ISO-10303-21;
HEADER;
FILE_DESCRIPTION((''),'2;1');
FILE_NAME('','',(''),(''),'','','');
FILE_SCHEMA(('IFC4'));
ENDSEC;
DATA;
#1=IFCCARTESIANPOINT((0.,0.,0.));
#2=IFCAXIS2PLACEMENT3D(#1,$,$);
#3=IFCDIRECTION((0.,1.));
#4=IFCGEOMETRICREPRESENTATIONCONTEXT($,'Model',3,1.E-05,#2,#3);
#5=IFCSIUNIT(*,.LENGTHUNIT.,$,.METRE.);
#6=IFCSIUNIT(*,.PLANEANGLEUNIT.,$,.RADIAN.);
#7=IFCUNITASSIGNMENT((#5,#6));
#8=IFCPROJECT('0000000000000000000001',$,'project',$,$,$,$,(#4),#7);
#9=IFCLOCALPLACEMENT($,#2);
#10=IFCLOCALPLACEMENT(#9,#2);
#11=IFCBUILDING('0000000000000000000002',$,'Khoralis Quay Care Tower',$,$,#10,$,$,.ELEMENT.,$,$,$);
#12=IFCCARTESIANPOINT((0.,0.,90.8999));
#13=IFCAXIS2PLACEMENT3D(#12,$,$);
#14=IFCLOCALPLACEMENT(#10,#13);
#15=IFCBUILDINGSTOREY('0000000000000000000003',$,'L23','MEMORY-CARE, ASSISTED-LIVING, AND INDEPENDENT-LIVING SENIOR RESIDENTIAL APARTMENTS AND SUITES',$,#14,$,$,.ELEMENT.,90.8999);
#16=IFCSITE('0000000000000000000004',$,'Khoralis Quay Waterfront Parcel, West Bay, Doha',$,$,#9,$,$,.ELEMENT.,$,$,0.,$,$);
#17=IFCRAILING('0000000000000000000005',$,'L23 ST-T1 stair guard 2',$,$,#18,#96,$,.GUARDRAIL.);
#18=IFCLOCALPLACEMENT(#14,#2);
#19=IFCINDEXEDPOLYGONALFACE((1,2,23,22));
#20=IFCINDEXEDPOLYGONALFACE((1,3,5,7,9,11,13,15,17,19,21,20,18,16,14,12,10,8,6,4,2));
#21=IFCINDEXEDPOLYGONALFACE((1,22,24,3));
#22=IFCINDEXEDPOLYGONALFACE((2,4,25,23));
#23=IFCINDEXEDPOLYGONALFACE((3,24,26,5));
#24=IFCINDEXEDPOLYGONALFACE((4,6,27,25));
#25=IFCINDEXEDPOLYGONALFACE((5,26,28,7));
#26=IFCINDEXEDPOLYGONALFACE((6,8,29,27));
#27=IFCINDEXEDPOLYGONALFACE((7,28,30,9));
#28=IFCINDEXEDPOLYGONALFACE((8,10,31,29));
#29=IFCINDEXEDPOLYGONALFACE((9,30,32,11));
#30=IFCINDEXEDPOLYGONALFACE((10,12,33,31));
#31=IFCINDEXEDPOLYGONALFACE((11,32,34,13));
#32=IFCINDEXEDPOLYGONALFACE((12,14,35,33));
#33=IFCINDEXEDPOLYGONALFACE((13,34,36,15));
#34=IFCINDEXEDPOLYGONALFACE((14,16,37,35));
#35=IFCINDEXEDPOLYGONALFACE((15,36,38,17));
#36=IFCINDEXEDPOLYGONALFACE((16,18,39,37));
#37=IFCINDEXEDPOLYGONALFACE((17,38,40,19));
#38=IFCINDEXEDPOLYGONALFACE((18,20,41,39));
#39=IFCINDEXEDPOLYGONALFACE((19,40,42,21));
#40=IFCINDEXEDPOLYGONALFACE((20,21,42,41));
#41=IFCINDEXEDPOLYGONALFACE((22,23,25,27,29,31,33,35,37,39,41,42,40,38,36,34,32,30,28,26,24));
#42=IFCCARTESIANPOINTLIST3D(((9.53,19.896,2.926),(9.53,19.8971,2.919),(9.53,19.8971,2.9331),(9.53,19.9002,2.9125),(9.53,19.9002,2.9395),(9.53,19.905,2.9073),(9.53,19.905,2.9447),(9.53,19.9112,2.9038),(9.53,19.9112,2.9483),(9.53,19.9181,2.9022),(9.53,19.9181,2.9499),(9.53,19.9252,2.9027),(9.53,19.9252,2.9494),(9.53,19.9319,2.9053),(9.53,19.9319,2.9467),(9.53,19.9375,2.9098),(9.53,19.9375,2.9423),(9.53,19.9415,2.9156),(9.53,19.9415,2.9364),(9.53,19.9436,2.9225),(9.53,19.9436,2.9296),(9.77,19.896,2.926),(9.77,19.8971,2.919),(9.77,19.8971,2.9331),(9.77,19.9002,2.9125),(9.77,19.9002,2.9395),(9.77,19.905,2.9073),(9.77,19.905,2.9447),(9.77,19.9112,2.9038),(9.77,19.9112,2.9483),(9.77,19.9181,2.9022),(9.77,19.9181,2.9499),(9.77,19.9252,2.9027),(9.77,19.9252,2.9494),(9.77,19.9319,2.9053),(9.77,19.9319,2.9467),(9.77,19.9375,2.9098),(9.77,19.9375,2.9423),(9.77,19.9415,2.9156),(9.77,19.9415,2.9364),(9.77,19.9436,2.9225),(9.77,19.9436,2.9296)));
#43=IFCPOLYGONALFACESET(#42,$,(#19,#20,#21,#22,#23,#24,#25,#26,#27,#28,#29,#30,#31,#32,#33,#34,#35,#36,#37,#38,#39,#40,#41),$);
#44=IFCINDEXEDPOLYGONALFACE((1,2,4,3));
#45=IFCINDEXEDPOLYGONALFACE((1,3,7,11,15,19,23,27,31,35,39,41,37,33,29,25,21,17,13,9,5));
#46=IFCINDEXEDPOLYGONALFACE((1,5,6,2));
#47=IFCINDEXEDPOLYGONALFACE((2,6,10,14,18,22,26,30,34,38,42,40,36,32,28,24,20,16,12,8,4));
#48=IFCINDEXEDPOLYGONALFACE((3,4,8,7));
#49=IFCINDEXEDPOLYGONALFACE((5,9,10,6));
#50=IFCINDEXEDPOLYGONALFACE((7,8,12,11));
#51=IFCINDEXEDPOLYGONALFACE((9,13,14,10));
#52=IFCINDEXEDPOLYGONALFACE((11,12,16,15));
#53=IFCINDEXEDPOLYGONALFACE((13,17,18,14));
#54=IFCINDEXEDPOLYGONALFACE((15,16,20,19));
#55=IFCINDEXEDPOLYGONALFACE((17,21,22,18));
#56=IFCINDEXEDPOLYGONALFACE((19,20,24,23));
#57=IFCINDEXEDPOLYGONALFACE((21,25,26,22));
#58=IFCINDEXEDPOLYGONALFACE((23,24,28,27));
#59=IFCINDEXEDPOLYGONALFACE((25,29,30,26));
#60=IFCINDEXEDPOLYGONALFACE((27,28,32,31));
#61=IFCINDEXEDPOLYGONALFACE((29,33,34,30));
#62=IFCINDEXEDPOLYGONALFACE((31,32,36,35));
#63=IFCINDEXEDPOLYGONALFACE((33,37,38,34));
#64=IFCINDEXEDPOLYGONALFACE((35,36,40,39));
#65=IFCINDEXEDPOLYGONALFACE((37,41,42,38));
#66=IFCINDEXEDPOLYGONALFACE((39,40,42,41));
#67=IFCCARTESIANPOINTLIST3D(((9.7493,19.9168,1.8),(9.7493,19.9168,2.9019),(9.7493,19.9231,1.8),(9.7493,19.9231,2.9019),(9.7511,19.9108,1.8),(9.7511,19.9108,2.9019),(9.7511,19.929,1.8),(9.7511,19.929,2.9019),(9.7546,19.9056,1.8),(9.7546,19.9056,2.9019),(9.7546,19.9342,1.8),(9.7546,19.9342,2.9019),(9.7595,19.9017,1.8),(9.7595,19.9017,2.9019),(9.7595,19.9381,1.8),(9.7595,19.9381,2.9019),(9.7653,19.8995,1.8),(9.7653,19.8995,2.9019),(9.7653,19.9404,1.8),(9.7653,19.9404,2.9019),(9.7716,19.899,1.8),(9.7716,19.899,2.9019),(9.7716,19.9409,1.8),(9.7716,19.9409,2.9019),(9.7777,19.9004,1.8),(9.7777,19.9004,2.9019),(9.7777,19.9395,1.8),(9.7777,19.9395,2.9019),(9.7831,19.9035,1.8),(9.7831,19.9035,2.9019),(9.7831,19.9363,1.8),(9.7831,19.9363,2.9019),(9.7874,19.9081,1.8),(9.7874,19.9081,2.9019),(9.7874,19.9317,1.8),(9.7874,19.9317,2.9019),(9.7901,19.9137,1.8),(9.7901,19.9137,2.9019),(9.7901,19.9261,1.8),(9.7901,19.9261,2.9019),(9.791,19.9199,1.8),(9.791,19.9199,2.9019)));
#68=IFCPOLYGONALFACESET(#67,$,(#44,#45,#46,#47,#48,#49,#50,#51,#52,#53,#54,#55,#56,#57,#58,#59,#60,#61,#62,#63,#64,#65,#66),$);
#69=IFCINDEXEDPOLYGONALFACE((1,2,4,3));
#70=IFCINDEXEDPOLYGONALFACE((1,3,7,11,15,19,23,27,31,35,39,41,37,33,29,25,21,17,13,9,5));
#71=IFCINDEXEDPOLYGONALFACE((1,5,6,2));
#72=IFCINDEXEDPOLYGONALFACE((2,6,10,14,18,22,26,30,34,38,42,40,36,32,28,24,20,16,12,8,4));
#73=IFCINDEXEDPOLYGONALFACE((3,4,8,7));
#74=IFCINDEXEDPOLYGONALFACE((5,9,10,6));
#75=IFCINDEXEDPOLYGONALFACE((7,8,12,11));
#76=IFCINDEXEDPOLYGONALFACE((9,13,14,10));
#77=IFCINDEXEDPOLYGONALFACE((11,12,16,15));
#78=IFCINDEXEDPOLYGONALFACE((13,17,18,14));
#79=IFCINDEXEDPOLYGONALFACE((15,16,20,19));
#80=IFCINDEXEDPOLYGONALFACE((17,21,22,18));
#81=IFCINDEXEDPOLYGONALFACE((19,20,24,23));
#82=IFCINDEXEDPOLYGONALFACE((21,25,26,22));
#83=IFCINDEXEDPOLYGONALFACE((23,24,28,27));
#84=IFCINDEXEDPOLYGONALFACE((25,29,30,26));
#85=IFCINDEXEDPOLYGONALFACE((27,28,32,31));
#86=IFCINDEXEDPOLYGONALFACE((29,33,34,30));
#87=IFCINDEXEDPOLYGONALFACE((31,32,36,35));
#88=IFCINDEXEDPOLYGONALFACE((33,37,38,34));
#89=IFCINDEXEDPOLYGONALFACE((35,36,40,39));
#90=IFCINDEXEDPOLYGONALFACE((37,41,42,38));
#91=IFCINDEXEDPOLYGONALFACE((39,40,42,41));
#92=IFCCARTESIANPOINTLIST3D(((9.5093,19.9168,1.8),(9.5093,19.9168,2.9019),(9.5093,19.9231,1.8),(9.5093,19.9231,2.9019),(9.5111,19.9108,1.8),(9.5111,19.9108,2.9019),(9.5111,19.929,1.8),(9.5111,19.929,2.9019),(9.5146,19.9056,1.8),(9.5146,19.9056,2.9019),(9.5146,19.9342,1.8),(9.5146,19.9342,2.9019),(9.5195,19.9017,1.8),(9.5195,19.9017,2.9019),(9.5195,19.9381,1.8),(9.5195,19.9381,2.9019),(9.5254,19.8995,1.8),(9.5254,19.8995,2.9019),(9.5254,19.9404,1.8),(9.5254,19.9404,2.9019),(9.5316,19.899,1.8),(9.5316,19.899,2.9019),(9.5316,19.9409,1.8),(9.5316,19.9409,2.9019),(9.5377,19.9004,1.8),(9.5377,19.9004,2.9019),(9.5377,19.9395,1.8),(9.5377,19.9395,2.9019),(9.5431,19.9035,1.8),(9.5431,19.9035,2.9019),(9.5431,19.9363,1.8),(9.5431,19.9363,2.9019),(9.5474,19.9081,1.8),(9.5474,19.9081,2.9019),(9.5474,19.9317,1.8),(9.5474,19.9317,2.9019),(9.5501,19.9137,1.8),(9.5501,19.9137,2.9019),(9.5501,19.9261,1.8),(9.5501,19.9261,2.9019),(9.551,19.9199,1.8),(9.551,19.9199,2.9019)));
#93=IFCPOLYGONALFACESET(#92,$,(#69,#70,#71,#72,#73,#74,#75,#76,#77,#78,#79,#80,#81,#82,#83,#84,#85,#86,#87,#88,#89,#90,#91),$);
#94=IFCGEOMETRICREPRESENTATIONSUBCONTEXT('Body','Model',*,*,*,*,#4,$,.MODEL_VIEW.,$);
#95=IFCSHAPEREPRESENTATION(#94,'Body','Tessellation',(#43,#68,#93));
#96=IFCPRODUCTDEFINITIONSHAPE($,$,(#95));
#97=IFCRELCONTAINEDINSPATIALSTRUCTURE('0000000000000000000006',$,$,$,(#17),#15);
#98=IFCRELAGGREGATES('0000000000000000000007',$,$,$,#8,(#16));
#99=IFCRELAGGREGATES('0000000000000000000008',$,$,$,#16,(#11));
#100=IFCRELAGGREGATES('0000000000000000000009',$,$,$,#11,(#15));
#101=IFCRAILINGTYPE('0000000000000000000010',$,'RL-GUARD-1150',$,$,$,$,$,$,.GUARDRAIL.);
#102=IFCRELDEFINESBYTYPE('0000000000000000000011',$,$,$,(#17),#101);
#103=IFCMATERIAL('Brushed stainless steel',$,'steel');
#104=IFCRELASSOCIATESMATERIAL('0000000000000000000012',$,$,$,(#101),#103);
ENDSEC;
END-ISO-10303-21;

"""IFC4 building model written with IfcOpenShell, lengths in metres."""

from ifc_helpers import new_model, si_unit, direction, frame, origin, origin_2d, place, context, subcontext, project, spatial, circle, extrude, material, type_object, element, save


model = new_model("IFC4")

# Units and contexts
model_context = context("Model", 3, precision=1e-05, world=origin(), true_north=direction((0.0, 1.0)))
body_context = subcontext(model_context, "Body", "Model", "MODEL_VIEW")
ifc_project = project(units=[si_unit("LENGTHUNIT", "METRE"), si_unit("PLANEANGLEUNIT", "RADIAN")], contexts=[model_context])

# Site, building, storey
site_placement = place(None, origin())
site = spatial("IfcSite", under=ifc_project, at=site_placement, Name="Khoralis Quay Waterfront Parcel, West Bay, Doha", CompositionType="ELEMENT", RefElevation=0.0)
building_placement = place(site_placement, origin())
building = spatial("IfcBuilding", under=site, at=building_placement, Name="Khoralis Quay Care Tower", CompositionType="ELEMENT")
storey_placement = place(building_placement, frame((0.0, 0.0, 90.8999)))
storey = spatial("IfcBuildingStorey", under=building, at=storey_placement, Name="L23", Description="MEMORY-CARE, ASSISTED-LIVING, AND INDEPENDENT-LIVING SENIOR RESIDENTIAL APARTMENTS AND SUITES", CompositionType="ELEMENT", Elevation=90.8999)

# Shared definitions
ifc_material_1 = material(Name="Brushed stainless steel", Category="steel")

# Railing
railing_type_1 = type_object("IfcRailingType", Name="RL-GUARD-1150", PredefinedType="GUARDRAIL", material=ifc_material_1)
railing_1_placement = place(storey_placement, frame((9.77, 19.9199, 1.8)))
element("IfcRailing", 1, at=railing_1_placement, inside=storey, type_object=railing_type_1, Name="L23 ST-T1 stair guard 2", PredefinedType="GUARDRAIL", context=body_context, shape_type="SweptSolid", body=[
    extrude(circle(Radius=0.0239, at=origin_2d()), frame((0.0, 0.0, 1.126), z_axis=(-1.0, 0.0, 0.0), x_axis=(0.0, -1.0, 0.0)), (0.0, 0.0, 1.0), 0.24),
    extrude(circle(Radius=0.021, at=origin_2d()), origin(), (0.0, 0.0, 1.0), 1.1018),
    extrude(circle(Radius=0.021, at=origin_2d()), frame((-0.24, 0.0, 0.0)), (0.0, 0.0, 1.0), 1.1018),
])

save(model, "model.ifc")
